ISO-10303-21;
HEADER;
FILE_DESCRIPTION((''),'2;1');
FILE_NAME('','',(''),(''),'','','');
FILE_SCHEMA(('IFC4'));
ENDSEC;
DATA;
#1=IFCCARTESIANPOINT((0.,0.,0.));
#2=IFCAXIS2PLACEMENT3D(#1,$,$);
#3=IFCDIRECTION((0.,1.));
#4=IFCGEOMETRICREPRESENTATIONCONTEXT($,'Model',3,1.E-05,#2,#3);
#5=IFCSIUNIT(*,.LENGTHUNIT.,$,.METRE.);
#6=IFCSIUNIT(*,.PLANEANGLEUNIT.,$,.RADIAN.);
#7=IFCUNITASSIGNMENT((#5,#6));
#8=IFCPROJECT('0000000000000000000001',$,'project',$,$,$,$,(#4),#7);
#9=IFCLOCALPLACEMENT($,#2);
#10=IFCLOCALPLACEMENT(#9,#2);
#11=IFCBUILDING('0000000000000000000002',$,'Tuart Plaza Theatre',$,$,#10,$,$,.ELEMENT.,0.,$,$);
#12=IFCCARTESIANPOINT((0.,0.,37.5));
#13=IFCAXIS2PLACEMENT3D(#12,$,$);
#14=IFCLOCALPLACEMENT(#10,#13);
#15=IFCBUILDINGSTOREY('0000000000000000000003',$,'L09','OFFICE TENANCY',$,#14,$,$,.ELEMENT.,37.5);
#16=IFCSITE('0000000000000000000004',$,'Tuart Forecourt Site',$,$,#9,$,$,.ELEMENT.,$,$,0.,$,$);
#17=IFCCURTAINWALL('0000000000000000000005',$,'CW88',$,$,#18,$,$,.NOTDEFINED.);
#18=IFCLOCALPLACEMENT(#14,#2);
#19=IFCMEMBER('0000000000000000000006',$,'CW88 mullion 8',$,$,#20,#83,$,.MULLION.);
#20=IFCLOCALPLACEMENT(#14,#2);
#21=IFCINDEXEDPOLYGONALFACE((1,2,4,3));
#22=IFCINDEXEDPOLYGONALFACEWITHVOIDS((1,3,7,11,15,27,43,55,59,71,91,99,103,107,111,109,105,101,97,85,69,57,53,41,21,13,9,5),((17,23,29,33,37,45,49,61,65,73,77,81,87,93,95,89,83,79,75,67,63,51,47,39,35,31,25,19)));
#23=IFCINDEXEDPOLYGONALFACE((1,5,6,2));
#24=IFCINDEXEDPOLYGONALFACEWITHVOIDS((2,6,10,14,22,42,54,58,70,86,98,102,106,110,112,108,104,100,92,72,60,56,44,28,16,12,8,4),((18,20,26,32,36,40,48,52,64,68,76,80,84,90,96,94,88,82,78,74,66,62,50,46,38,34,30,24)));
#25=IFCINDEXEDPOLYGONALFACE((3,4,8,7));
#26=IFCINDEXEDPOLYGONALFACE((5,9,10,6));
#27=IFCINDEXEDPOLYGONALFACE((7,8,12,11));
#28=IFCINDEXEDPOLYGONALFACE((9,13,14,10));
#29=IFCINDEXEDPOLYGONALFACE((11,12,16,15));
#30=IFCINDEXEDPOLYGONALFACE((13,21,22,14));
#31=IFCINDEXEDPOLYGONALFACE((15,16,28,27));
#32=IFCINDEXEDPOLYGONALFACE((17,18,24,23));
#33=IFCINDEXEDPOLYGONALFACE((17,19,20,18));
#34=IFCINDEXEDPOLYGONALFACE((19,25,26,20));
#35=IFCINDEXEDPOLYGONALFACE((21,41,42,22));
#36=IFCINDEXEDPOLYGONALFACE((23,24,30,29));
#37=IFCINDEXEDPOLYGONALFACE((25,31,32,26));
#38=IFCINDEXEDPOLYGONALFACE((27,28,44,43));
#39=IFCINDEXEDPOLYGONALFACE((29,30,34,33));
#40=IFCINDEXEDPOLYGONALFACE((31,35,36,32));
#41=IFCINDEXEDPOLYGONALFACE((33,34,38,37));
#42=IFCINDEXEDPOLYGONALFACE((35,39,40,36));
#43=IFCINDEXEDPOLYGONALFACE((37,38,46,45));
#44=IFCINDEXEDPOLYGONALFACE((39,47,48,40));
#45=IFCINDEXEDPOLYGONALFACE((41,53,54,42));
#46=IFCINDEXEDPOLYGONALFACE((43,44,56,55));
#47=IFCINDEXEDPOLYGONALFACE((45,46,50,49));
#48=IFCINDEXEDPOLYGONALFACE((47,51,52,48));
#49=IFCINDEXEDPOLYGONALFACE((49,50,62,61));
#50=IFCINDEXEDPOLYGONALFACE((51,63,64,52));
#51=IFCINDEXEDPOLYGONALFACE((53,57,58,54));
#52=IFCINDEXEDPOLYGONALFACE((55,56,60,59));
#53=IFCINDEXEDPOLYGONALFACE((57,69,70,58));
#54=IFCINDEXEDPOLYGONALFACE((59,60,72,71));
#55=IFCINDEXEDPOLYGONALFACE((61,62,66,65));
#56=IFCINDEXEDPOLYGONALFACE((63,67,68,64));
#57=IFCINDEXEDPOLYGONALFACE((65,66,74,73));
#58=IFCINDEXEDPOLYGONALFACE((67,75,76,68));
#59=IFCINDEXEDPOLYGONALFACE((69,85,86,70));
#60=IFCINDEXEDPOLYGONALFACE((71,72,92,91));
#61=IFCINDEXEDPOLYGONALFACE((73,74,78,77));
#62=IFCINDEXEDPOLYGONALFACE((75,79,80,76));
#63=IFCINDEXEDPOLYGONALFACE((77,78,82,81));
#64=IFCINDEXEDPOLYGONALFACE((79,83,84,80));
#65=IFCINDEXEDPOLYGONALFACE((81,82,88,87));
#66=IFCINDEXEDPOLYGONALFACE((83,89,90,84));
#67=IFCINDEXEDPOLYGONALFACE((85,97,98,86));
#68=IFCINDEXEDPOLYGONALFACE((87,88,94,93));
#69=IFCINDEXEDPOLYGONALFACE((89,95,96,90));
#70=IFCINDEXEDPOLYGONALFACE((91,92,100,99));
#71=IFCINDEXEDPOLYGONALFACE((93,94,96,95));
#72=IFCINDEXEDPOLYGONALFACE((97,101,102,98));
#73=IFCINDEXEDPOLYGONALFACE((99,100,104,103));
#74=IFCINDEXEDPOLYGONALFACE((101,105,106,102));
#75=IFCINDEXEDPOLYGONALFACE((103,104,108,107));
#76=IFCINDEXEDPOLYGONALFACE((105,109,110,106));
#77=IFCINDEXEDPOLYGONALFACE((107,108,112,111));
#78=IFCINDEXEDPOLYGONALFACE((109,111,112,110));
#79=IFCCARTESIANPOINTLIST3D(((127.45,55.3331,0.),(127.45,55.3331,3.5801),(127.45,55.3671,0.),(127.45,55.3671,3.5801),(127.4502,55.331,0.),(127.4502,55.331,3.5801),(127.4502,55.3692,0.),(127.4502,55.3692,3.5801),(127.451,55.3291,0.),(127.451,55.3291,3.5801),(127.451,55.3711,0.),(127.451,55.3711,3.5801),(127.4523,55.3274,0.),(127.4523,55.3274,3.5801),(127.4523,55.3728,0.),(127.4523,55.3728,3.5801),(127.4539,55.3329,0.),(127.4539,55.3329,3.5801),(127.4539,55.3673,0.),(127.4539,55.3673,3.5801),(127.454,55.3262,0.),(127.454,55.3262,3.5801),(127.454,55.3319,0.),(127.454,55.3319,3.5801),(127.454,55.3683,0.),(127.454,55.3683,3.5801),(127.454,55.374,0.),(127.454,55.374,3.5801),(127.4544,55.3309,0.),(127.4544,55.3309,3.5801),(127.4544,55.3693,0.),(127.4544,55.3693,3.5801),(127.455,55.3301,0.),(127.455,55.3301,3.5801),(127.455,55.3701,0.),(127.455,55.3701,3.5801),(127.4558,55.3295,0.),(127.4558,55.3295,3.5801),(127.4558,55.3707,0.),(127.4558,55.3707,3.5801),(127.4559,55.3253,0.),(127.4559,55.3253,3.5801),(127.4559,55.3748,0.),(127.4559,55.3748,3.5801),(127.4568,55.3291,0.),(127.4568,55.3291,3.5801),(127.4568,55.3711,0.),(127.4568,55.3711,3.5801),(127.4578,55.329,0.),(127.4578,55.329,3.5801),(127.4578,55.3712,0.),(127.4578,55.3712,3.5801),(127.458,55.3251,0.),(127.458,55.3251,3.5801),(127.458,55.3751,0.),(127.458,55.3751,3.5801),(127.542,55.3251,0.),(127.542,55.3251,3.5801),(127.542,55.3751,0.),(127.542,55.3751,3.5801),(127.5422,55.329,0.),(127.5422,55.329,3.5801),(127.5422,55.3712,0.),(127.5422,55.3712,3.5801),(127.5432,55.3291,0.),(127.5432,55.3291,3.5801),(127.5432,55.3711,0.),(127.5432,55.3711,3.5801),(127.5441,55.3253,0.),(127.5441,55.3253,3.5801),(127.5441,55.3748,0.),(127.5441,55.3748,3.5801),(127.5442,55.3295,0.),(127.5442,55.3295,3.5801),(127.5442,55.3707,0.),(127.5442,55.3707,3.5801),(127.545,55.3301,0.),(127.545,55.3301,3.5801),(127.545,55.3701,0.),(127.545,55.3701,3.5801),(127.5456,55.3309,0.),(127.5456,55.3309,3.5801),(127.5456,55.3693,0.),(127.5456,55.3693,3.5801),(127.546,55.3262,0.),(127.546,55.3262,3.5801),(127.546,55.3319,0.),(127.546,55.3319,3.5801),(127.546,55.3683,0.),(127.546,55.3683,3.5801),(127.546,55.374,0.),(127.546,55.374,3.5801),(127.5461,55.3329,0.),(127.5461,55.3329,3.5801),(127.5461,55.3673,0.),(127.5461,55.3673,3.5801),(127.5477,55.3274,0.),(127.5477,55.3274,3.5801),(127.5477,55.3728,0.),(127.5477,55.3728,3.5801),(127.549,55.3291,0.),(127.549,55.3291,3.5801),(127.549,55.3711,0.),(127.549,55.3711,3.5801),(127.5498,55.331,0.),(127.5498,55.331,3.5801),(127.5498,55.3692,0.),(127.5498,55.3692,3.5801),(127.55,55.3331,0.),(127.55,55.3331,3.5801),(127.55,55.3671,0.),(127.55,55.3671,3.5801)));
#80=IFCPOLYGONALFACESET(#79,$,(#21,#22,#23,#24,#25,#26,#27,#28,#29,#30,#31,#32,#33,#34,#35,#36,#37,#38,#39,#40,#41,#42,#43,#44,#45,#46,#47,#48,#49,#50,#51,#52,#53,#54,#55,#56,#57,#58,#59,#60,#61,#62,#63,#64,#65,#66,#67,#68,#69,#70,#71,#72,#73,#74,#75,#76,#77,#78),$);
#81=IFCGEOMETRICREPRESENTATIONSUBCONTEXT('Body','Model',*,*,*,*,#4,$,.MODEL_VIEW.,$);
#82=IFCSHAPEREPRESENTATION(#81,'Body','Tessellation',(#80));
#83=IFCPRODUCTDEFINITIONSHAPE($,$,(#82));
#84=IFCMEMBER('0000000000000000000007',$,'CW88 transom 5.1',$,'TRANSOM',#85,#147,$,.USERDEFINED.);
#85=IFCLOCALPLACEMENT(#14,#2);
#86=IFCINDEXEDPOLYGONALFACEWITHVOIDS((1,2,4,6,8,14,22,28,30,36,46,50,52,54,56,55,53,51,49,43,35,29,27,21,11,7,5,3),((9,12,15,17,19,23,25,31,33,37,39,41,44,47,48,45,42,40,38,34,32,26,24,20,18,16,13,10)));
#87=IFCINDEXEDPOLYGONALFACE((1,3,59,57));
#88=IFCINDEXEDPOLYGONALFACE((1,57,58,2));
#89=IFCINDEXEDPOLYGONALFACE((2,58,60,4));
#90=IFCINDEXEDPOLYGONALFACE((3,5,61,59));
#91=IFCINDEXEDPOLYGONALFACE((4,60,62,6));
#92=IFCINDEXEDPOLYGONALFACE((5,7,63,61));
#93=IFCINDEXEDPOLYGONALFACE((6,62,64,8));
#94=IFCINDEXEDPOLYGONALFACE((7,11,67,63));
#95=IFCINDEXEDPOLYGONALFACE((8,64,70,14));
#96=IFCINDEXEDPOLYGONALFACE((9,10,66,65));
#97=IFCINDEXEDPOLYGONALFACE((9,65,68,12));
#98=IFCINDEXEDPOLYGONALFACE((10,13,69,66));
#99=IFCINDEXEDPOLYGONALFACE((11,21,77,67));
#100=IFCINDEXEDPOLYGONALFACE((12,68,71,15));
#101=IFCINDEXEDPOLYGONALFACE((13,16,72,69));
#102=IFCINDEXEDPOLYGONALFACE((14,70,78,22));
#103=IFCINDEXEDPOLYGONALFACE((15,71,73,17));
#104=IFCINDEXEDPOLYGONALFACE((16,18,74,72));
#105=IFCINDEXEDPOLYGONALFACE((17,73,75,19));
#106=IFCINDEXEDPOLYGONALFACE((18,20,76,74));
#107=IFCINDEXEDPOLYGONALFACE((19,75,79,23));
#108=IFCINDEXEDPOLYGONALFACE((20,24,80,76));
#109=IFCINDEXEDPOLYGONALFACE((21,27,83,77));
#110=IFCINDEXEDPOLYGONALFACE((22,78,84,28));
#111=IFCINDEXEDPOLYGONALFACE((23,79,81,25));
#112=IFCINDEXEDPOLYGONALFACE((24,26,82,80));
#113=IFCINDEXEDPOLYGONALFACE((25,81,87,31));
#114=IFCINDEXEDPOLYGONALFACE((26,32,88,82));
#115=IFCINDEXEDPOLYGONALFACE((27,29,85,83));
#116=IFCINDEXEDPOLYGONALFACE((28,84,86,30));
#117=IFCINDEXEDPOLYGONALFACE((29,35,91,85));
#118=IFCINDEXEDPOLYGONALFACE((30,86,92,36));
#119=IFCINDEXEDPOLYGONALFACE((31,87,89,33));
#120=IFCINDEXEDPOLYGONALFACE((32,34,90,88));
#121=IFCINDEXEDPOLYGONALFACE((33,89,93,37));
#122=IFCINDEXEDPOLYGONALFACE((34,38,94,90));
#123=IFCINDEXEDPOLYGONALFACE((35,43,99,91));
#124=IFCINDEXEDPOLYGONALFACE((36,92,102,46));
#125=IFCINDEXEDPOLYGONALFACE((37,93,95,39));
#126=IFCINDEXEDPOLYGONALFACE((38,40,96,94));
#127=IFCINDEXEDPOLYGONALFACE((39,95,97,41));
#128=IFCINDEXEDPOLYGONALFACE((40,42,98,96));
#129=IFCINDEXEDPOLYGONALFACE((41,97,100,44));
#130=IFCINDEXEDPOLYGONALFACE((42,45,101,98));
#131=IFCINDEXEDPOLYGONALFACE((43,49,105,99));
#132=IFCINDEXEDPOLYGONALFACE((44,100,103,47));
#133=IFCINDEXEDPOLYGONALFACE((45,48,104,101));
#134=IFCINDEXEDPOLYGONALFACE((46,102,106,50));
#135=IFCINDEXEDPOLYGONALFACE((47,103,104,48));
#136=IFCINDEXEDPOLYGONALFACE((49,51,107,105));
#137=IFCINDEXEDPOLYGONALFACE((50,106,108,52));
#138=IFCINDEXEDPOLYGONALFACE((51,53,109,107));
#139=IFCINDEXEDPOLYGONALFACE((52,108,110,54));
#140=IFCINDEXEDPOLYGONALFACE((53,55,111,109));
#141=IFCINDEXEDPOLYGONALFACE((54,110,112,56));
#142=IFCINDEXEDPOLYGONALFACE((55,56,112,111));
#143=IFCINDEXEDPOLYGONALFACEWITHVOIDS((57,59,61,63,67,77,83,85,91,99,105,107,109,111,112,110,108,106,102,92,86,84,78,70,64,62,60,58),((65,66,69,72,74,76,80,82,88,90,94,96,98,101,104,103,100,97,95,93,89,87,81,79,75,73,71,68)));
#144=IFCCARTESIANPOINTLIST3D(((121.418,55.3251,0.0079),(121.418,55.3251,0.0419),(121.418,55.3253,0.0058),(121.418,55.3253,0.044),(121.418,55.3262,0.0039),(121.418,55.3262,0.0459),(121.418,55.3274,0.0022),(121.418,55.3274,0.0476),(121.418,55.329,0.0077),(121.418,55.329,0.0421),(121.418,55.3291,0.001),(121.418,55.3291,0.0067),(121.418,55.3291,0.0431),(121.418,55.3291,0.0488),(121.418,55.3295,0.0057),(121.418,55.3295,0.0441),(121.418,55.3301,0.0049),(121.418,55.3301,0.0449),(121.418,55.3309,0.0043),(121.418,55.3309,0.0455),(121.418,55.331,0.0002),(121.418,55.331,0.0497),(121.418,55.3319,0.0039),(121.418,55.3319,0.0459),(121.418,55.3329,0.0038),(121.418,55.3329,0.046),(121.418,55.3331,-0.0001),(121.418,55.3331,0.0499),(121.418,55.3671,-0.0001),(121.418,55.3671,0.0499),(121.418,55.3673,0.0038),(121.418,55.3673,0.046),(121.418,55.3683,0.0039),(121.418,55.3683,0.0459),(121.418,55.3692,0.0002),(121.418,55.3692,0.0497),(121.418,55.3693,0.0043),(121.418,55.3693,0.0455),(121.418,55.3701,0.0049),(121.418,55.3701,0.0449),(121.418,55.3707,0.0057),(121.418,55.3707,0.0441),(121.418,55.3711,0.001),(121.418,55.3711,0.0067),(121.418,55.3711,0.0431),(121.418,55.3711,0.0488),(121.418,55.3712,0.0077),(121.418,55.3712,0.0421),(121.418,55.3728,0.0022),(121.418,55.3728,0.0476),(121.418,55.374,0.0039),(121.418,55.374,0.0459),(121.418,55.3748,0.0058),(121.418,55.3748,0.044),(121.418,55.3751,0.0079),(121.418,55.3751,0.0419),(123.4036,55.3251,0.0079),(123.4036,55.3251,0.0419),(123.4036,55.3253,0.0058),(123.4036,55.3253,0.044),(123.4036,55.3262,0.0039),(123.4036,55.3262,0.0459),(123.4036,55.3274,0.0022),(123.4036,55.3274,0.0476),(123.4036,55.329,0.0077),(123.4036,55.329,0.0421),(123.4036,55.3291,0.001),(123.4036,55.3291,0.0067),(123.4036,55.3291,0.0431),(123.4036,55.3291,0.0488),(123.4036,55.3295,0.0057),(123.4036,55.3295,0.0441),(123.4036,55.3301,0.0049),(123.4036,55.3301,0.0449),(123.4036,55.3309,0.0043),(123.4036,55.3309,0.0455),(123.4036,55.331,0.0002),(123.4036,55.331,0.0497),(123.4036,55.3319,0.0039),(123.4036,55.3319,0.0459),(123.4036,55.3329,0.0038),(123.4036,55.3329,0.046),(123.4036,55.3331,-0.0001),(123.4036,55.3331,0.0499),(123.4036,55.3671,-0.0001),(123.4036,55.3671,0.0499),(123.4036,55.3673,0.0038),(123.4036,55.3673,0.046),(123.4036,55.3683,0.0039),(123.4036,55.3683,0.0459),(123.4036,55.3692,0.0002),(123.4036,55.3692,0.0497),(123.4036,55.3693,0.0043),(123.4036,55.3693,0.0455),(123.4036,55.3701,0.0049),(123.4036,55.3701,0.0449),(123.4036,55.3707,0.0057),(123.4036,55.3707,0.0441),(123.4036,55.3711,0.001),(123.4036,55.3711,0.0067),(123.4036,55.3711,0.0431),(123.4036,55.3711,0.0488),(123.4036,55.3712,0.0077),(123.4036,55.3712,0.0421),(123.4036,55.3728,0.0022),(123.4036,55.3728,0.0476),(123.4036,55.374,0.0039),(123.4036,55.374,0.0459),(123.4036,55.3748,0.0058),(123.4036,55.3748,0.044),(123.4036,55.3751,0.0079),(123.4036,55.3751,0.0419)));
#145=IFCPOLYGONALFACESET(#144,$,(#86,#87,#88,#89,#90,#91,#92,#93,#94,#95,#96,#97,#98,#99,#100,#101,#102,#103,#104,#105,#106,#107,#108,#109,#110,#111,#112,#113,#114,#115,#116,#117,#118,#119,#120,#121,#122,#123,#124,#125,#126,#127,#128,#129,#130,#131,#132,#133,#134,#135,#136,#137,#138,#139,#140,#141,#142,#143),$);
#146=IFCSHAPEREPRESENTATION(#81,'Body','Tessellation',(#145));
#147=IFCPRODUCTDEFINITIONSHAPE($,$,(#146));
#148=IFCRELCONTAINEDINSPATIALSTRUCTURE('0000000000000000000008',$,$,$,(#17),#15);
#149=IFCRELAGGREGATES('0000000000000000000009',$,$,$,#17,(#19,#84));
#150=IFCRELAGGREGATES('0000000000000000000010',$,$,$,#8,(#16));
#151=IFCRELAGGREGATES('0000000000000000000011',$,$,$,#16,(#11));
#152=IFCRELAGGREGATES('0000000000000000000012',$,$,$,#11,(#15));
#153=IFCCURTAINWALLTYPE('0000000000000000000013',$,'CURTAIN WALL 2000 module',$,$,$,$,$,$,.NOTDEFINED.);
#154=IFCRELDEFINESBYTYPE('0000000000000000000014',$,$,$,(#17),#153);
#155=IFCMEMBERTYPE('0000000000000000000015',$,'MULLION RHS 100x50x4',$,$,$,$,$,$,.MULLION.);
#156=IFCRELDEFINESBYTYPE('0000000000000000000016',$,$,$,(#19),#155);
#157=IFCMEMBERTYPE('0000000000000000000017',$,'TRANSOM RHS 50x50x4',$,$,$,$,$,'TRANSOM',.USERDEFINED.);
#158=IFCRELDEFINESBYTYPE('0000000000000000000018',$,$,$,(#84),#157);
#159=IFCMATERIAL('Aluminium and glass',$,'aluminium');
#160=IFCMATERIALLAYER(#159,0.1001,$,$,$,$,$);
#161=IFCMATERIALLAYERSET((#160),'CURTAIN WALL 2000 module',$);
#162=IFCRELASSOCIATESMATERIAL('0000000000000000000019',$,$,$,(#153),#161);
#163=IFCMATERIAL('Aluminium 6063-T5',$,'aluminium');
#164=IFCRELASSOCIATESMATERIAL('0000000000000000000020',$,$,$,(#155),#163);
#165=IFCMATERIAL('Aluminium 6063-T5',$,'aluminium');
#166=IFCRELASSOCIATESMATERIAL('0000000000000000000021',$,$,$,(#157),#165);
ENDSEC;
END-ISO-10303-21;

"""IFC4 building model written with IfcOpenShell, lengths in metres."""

from ifc_helpers import new_model, si_unit, direction, frame, origin, origin_2d, place, context, subcontext, project, spatial, hollow_rectangle, extrude, material, layer, layer_set, material_profile, profile_set, type_object, element, aggregate, save


model = new_model("IFC4")

# Units and contexts
model_context = context("Model", 3, precision=1e-05, world=origin(), true_north=direction((0.0, 1.0)))
body_context = subcontext(model_context, "Body", "Model", "MODEL_VIEW")
ifc_project = project(units=[si_unit("LENGTHUNIT", "METRE"), si_unit("PLANEANGLEUNIT", "RADIAN")], contexts=[model_context])

# Site, building, storey
site_placement = place(None, origin())
site = spatial("IfcSite", under=ifc_project, at=site_placement, Name="Tuart Forecourt Site", CompositionType="ELEMENT", RefElevation=0.0)
building_placement = place(site_placement, origin())
building = spatial("IfcBuilding", under=site, at=building_placement, Name="Tuart Plaza Theatre", CompositionType="ELEMENT", ElevationOfRefHeight=0.0)
storey_placement = place(building_placement, frame((0.0, 0.0, 37.5)))
storey = spatial("IfcBuildingStorey", under=building, at=storey_placement, Name="L09", Description="OFFICE TENANCY", CompositionType="ELEMENT", Elevation=37.5)

# Curtain wall, members
ifc_material_1 = material(Name="Aluminium and glass", Category="aluminium")
ifc_layer_1 = layer(ifc_material_1, 0.1001)
ifc_layer_set_1 = layer_set([ifc_layer_1], Name="CURTAIN WALL 2000 module")
curtain_wall_type = type_object("IfcCurtainWallType", Name="CURTAIN WALL 2000 module", PredefinedType="NOTDEFINED", material=ifc_layer_set_1)
curtain_wall_placement = place(storey_placement, origin())
curtain_wall = element("IfcCurtainWall", 1, at=curtain_wall_placement, inside=storey, type_object=curtain_wall_type, Name="CW88", PredefinedType="NOTDEFINED")
ifc_material_2 = material(Name="Aluminium 6063-T5", Category="aluminium")
ifc_material_profile_1 = material_profile(ifc_material_2, hollow_rectangle(XDim=0.05, YDim=0.1001, WallThickness=0.0039, InnerFilletRadius=0.0039, OuterFilletRadius=0.0081, at=origin_2d()), Name="RHS 100x50x4")
ifc_profile_set_1 = profile_set([ifc_material_profile_1], Name="Aluminium 6063-T5")
member_type_1 = type_object("IfcMemberType", Name="MULLION RHS 100x50x4", PredefinedType="MULLION", material=ifc_profile_set_1)
member_1_placement = place(storey_placement, frame((127.5, 55.3501, 0.0), z_axis=(0.0, 0.0, 1.0), x_axis=(0.0, 1.0, 0.0)))
member_1 = element("IfcMember", 2, at=member_1_placement, type_object=member_type_1, Name="CW88 mullion 8", PredefinedType="MULLION", context=body_context, shape_type="SweptSolid", body=[
    extrude(hollow_rectangle(XDim=0.05, YDim=0.1001, WallThickness=0.0039, InnerFilletRadius=0.0039, OuterFilletRadius=0.0081, at=origin_2d()), origin(), (0.0, 0.0, 1.0), 3.5801),
])
ifc_material_3 = material(Name="Aluminium 6063-T5", Category="aluminium")
ifc_material_profile_2 = material_profile(ifc_material_3, hollow_rectangle(XDim=0.05, YDim=0.05, WallThickness=0.0039, InnerFilletRadius=0.0039, OuterFilletRadius=0.0081, at=origin_2d()), Name="RHS 50x50x4")
ifc_profile_set_2 = profile_set([ifc_material_profile_2], Name="Aluminium 6063-T5")
member_type_2 = type_object("IfcMemberType", Name="TRANSOM RHS 50x50x4", ElementType="TRANSOM", PredefinedType="USERDEFINED", material=ifc_profile_set_2)
member_2_placement = place(storey_placement, frame((121.418, 55.3501, 0.0249), z_axis=(1.0, 0.0, 0.0), x_axis=(0.0, 1.0, 0.0)))
member_2 = element("IfcMember", 3, at=member_2_placement, type_object=member_type_2, Name="CW88 transom 5.1", ObjectType="TRANSOM", PredefinedType="USERDEFINED", context=body_context, shape_type="SweptSolid", body=[
    extrude(hollow_rectangle(XDim=0.05, YDim=0.05, WallThickness=0.0039, InnerFilletRadius=0.0039, OuterFilletRadius=0.0081, at=origin_2d()), origin(), (0.0, 0.0, 1.0), 1.9856),
])
aggregate(curtain_wall, [member_1, member_2])

save(model, "model.ifc")
